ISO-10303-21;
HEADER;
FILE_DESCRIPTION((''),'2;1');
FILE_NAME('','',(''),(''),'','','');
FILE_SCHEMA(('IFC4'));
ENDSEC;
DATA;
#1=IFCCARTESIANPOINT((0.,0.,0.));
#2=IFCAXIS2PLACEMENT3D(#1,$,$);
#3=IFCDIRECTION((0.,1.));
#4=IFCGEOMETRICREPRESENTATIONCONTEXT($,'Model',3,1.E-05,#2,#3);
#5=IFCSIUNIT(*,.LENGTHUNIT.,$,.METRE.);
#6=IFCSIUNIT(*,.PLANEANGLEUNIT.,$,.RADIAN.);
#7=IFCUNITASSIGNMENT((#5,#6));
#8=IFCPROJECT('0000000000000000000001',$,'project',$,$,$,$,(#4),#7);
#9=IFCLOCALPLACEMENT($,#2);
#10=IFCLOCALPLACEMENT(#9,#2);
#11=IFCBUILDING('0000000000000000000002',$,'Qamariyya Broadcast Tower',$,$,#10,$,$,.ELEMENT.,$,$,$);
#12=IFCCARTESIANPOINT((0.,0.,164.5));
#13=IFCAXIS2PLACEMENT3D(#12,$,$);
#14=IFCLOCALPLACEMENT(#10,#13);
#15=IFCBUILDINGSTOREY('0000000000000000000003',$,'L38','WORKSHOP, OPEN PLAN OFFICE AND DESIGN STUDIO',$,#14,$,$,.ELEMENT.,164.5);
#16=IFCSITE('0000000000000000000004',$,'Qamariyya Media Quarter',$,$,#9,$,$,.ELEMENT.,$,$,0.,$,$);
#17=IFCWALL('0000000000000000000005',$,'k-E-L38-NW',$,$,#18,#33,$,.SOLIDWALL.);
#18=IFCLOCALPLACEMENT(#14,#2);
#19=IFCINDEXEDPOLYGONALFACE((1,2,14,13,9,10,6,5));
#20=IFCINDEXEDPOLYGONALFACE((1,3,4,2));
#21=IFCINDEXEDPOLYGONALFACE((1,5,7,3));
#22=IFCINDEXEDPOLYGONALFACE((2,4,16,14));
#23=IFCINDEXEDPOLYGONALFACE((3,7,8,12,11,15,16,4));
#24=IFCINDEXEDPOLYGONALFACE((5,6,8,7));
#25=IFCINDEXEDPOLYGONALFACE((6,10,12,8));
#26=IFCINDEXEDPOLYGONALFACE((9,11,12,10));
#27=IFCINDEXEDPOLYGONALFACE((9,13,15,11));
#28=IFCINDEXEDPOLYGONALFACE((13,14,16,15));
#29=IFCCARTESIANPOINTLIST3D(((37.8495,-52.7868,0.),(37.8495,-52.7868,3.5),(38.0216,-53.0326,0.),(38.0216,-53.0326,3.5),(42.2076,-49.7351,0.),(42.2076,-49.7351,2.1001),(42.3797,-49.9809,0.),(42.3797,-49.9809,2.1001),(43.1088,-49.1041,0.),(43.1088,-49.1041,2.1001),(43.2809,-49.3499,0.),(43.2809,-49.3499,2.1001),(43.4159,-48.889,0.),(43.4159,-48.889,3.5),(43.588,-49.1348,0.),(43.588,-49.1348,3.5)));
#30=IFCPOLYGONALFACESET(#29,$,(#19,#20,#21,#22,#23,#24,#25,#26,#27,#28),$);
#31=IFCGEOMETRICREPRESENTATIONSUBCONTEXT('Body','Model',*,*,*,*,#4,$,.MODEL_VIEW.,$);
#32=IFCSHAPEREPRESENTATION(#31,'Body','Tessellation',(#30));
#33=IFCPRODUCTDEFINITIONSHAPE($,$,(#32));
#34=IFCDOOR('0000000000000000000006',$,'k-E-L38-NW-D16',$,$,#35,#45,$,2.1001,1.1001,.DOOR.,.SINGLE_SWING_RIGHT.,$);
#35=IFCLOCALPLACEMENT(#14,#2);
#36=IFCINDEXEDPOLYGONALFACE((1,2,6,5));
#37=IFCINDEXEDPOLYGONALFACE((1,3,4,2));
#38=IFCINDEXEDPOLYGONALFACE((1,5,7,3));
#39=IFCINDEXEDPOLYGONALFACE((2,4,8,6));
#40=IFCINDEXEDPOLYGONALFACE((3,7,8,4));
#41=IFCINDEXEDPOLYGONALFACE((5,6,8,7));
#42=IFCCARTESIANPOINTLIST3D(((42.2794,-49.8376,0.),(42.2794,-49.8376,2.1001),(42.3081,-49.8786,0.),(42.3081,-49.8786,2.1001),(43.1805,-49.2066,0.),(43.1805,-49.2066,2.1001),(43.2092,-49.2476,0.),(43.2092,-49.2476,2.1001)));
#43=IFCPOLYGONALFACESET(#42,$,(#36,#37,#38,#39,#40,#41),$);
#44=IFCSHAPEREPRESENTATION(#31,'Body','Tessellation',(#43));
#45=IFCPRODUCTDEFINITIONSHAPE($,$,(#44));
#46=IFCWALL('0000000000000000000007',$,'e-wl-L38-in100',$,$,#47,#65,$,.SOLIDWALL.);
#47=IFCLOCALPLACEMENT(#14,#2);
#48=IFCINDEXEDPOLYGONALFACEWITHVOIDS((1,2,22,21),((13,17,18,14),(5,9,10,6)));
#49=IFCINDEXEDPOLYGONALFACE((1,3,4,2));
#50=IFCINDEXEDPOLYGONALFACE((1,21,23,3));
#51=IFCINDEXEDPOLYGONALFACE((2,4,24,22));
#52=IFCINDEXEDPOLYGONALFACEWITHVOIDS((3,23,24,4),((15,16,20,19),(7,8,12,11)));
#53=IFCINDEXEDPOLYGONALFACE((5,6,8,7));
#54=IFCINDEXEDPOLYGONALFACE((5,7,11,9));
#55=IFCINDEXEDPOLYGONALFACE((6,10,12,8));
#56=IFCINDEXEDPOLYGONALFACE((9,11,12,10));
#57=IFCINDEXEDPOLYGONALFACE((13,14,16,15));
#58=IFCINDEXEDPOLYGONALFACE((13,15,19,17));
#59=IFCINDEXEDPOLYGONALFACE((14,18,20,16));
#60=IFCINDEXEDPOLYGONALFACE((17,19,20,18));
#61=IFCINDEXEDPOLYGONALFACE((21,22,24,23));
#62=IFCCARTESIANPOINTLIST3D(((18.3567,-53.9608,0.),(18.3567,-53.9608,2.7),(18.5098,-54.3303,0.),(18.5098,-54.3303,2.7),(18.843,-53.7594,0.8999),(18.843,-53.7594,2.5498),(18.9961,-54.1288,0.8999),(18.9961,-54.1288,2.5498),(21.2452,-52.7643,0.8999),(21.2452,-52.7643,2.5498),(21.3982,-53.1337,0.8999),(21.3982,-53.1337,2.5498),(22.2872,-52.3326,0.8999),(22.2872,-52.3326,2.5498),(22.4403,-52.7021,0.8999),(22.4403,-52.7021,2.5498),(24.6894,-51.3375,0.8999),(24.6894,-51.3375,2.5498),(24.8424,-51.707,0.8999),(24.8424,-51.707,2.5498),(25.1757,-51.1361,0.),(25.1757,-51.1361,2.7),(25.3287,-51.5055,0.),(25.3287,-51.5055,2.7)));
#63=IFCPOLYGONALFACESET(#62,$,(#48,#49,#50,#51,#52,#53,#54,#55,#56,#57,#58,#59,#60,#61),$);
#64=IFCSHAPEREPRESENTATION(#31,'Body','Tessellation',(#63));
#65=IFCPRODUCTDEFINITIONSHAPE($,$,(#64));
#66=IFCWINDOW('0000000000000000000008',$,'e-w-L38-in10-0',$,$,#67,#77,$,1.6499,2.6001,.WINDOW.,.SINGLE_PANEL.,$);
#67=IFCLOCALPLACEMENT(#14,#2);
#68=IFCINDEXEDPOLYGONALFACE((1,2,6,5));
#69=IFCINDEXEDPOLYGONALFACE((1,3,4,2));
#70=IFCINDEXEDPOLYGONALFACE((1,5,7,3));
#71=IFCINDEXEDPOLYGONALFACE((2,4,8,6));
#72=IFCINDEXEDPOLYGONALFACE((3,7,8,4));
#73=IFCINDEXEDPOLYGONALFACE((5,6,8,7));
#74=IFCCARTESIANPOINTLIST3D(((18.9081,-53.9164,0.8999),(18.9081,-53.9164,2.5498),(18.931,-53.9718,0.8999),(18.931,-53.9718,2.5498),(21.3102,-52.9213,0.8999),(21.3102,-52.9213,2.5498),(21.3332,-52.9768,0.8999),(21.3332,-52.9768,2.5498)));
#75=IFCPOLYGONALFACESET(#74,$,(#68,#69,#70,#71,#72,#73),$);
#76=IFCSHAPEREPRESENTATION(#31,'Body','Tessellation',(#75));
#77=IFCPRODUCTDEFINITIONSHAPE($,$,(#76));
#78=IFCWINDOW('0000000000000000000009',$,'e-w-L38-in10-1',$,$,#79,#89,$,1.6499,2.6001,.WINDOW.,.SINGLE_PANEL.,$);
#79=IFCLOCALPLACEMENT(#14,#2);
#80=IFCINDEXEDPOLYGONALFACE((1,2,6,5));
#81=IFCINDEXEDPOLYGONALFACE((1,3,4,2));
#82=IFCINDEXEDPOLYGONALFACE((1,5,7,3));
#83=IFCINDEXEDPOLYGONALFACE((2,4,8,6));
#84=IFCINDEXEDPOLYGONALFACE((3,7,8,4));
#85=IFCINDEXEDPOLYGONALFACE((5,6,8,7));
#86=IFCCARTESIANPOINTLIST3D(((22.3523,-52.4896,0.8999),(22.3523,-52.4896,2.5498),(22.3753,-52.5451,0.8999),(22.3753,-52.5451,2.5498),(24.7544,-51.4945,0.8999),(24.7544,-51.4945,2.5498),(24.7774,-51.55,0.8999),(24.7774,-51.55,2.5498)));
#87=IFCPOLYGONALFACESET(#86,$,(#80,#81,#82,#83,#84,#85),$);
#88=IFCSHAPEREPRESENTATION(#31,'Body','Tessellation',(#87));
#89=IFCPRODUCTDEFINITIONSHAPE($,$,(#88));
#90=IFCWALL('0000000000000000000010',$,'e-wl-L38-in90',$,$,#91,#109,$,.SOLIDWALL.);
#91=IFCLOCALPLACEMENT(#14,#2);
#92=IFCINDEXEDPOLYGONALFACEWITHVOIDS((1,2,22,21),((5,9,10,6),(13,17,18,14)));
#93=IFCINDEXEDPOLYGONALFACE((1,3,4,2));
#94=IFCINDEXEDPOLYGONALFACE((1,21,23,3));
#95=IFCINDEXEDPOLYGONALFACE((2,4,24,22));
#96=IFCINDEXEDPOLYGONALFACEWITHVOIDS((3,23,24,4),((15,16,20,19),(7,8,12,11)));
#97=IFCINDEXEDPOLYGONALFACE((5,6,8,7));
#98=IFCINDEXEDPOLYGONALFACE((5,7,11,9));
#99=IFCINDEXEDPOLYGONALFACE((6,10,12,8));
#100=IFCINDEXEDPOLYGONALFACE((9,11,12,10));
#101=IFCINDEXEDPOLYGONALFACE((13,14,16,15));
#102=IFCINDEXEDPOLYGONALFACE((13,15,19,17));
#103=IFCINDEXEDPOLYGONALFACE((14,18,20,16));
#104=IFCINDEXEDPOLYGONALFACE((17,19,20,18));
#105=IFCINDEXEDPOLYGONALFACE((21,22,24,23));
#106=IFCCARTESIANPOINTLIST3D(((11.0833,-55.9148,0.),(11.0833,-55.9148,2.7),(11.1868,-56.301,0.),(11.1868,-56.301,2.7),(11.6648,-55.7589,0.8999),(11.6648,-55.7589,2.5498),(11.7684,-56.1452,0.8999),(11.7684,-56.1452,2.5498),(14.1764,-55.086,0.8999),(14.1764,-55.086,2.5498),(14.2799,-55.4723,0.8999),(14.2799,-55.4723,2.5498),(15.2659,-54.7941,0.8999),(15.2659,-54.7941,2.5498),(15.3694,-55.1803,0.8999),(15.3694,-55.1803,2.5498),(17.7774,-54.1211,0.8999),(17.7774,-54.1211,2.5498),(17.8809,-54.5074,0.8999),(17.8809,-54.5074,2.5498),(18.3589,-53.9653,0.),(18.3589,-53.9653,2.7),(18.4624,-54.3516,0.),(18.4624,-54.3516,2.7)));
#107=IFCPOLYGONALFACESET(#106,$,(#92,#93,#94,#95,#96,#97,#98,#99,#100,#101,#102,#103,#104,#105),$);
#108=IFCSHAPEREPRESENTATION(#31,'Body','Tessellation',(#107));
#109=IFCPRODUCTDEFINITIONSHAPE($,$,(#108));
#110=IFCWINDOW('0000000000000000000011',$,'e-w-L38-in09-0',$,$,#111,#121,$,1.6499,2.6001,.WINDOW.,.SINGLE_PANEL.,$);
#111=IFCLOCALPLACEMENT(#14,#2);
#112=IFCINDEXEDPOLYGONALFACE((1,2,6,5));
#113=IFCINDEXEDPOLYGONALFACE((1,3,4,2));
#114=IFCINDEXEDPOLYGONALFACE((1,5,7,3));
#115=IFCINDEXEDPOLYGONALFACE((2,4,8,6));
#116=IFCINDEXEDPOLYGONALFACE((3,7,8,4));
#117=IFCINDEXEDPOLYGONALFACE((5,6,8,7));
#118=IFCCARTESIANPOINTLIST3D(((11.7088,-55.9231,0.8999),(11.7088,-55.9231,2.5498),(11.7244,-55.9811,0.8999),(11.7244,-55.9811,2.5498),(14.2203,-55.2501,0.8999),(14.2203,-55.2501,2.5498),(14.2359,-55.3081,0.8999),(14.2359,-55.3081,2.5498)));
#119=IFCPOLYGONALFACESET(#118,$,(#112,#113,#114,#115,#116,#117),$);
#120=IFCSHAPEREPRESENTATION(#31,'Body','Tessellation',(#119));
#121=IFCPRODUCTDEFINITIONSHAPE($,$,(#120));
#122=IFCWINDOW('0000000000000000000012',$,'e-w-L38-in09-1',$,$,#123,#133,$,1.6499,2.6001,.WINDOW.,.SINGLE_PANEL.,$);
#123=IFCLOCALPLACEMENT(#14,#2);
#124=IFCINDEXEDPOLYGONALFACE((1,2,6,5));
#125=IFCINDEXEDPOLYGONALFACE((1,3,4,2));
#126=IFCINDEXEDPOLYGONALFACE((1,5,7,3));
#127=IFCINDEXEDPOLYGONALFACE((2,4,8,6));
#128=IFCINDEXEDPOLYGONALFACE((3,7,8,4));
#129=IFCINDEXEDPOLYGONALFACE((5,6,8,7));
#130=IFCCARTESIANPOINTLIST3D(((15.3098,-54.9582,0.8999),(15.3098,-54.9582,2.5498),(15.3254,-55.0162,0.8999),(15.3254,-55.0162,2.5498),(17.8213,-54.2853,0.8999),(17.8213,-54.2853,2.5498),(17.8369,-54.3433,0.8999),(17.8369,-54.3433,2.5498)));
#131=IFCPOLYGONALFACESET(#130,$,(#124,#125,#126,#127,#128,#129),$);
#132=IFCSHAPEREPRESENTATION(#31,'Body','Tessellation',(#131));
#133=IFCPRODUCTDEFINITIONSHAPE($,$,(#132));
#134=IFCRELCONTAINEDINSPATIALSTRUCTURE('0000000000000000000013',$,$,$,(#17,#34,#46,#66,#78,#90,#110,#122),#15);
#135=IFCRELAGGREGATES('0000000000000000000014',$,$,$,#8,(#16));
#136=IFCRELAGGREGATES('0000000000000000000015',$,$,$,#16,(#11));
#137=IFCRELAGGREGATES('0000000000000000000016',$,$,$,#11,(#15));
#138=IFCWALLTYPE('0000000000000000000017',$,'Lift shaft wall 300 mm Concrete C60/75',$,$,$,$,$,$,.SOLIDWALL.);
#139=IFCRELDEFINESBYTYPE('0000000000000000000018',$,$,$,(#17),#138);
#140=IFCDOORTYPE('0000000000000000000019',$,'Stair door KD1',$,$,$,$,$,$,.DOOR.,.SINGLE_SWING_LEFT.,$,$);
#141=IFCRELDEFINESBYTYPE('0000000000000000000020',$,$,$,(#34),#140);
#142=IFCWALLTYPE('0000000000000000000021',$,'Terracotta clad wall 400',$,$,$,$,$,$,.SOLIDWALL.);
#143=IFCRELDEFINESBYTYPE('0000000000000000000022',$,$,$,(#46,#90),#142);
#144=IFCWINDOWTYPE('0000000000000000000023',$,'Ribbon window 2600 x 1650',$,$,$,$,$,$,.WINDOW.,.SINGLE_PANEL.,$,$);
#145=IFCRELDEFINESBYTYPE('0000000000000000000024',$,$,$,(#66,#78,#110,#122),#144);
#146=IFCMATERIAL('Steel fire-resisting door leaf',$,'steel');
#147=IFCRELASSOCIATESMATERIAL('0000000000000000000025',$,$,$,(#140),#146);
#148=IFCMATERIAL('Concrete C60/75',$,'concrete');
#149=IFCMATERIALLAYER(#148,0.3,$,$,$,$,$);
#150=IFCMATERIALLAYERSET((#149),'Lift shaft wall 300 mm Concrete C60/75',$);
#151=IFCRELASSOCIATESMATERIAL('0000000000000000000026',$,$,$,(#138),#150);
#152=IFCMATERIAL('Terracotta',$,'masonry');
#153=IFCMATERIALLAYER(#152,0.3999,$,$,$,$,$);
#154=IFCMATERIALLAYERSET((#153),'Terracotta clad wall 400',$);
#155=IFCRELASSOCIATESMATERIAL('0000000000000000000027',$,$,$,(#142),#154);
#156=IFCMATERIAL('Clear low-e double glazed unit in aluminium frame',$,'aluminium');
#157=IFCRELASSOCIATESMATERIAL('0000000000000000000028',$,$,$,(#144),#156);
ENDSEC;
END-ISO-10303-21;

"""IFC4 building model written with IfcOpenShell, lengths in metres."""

from ifc_helpers import new_model, si_unit, direction, frame, frame_2d, origin, place, context, subcontext, project, spatial, rectangle, extrude, material, layer, layer_set, type_object, element, fill, save


model = new_model("IFC4")

# Units and contexts
model_context = context("Model", 3, precision=1e-05, world=origin(), true_north=direction((0.0, 1.0)))
body_context = subcontext(model_context, "Body", "Model", "MODEL_VIEW")
ifc_project = project(units=[si_unit("LENGTHUNIT", "METRE"), si_unit("PLANEANGLEUNIT", "RADIAN")], contexts=[model_context])

# Site, building, storey
site_placement = place(None, origin())
site = spatial("IfcSite", under=ifc_project, at=site_placement, Name="Qamariyya Media Quarter", CompositionType="ELEMENT", RefElevation=0.0)
building_placement = place(site_placement, origin())
building = spatial("IfcBuilding", under=site, at=building_placement, Name="Qamariyya Broadcast Tower", CompositionType="ELEMENT")
storey_placement = place(building_placement, frame((0.0, 0.0, 164.5)))
storey = spatial("IfcBuildingStorey", under=building, at=storey_placement, Name="L38", Description="WORKSHOP, OPEN PLAN OFFICE AND DESIGN STUDIO", CompositionType="ELEMENT", Elevation=164.5)

# Shared definitions
ifc_material_1 = material(Name="Concrete C60/75", Category="concrete")

# Shared definitions
ifc_material_2 = material(Name="Steel fire-resisting door leaf", Category="steel")
door_type_1 = type_object("IfcDoorType", Name="Stair door KD1", OperationType="SINGLE_SWING_LEFT", PredefinedType="DOOR", material=ifc_material_2)

# Wall, opening, door
ifc_layer_1 = layer(ifc_material_1, 0.3)
ifc_layer_set_1 = layer_set([ifc_layer_1], Name="Lift shaft wall 300 mm Concrete C60/75")
wall_type_1 = type_object("IfcWallType", Name="Lift shaft wall 300 mm Concrete C60/75", PredefinedType="SOLIDWALL", material=ifc_layer_set_1)
wall_1_placement = place(storey_placement, frame((37.9355, -52.9097, 0.0), z_axis=(0.0, 0.0, 1.0), x_axis=(0.819148, 0.573583, 0.0)))
wall_1 = element("IfcWall", 1, at=wall_1_placement, inside=storey, type_object=wall_type_1, Name="k-E-L38-NW", PredefinedType="SOLIDWALL", context=body_context, shape_type="SweptSolid", body=[
    extrude(rectangle(XDim=6.7954, YDim=0.3, at=frame_2d((3.3977, 0.0))), origin(), (0.0, 0.0, 1.0), 3.5),
])
opening_1_placement = place(wall_1_placement, frame((5.3203, 0.0, 0.0)))
opening_1 = element("IfcOpeningElement", 2, at=opening_1_placement, cuts=wall_1, PredefinedType="OPENING", context=body_context, shape_type="SweptSolid", body=[
    extrude(rectangle(XDim=1.1001, YDim=2.1001, at=frame_2d((0.55, 1.05))), frame((0.0, 0.1599, 0.0), z_axis=(0.0, -1.0, 0.0), x_axis=(1.0, 0.0, 0.0)), (0.0, 0.0, 1.0), 0.3201),
])
door_1_placement = place(opening_1_placement, origin())
door_1 = element("IfcDoor", 3, at=door_1_placement, inside=storey, type_object=door_type_1, Name="k-E-L38-NW-D16", OperationType="SINGLE_SWING_RIGHT", OverallHeight=2.1001, OverallWidth=1.1001, PredefinedType="DOOR", context=body_context, shape_type="SweptSolid", body=[
    extrude(rectangle(XDim=1.1001, YDim=2.1001, at=frame_2d((0.55, 1.05))), frame((0.0, 0.0249, 0.0), z_axis=(0.0, -1.0, 0.0), x_axis=(1.0, 0.0, 0.0)), (0.0, 0.0, 1.0), 0.05),
])
fill(opening_1, door_1)

# Walls, openings, windows
ifc_material_3 = material(Name="Terracotta", Category="masonry")
ifc_layer_2 = layer(ifc_material_3, 0.3999)
ifc_layer_set_2 = layer_set([ifc_layer_2], Name="Terracotta clad wall 400")
wall_type_2 = type_object("IfcWallType", Name="Terracotta clad wall 400", PredefinedType="SOLIDWALL", material=ifc_layer_set_2)
wall_2_placement = place(storey_placement, frame((25.2522, -51.3208, 0.0), z_axis=(0.0, 0.0, 1.0), x_axis=(-0.923868, -0.382712, 0.0)))
wall_2 = element("IfcWall", 4, at=wall_2_placement, inside=storey, type_object=wall_type_2, Name="e-wl-L38-in100", PredefinedType="SOLIDWALL", context=body_context, shape_type="SweptSolid", body=[
    extrude(rectangle(XDim=7.3809, YDim=0.3999, at=frame_2d((3.6904, 0.0))), origin(), (0.0, 0.0, 1.0), 2.7),
])
opening_2_placement = place(wall_2_placement, frame((4.2544, 0.0, 0.8999)))
opening_2 = element("IfcOpeningElement", 5, at=opening_2_placement, cuts=wall_2, PredefinedType="OPENING", context=body_context, shape_type="SweptSolid", body=[
    extrude(rectangle(XDim=2.6001, YDim=1.6499, at=frame_2d((1.3, 0.825))), frame((0.0, 0.21, 0.0), z_axis=(0.0, -1.0, 0.0), x_axis=(1.0, 0.0, 0.0)), (0.0, 0.0, 1.0), 0.4199),
])
opening_3_placement = place(wall_2_placement, frame((0.5264, 0.0, 0.8999)))
opening_3 = element("IfcOpeningElement", 6, at=opening_3_placement, cuts=wall_2, PredefinedType="OPENING", context=body_context, shape_type="SweptSolid", body=[
    extrude(rectangle(XDim=2.6001, YDim=1.6499, at=frame_2d((1.3, 0.825))), frame((0.0, 0.21, 0.0), z_axis=(0.0, -1.0, 0.0), x_axis=(1.0, 0.0, 0.0)), (0.0, 0.0, 1.0), 0.4199),
])
ifc_material_4 = material(Name="Clear low-e double glazed unit in aluminium frame", Category="aluminium")
window_type = type_object("IfcWindowType", Name="Ribbon window 2600 x 1650", PartitioningType="SINGLE_PANEL", PredefinedType="WINDOW", material=ifc_material_4)
window_1_placement = place(opening_2_placement, origin())
window_1 = element("IfcWindow", 7, at=window_1_placement, inside=storey, type_object=window_type, Name="e-w-L38-in10-0", OverallHeight=1.6499, OverallWidth=2.6001, PartitioningType="SINGLE_PANEL", PredefinedType="WINDOW", context=body_context, shape_type="SweptSolid", body=[
    extrude(rectangle(XDim=2.6001, YDim=1.6499, at=frame_2d((1.3, 0.825))), frame((0.0, 0.03, 0.0), z_axis=(0.0, -1.0, 0.0), x_axis=(1.0, 0.0, 0.0)), (0.0, 0.0, 1.0), 0.0601),
])
fill(opening_2, window_1)
window_2_placement = place(opening_3_placement, origin())
window_2 = element("IfcWindow", 8, at=window_2_placement, inside=storey, type_object=window_type, Name="e-w-L38-in10-1", OverallHeight=1.6499, OverallWidth=2.6001, PartitioningType="SINGLE_PANEL", PredefinedType="WINDOW", context=body_context, shape_type="SweptSolid", body=[
    extrude(rectangle(XDim=2.6001, YDim=1.6499, at=frame_2d((1.3, 0.825))), frame((0.0, 0.03, 0.0), z_axis=(0.0, -1.0, 0.0), x_axis=(1.0, 0.0, 0.0)), (0.0, 0.0, 1.0), 0.0601),
])
fill(opening_3, window_2)
wall_3_placement = place(storey_placement, frame((18.4106, -54.1584, 0.0), z_axis=(0.0, 0.0, 1.0), x_axis=(-0.965927, -0.258814, 0.0)))
wall_3 = element("IfcWall", 9, at=wall_3_placement, inside=storey, type_object=wall_type_2, Name="e-wl-L38-in90", PredefinedType="SOLIDWALL", context=body_context, shape_type="SweptSolid", body=[
    extrude(rectangle(XDim=7.5322, YDim=0.3999, at=frame_2d((3.7661, 0.0))), origin(), (0.0, 0.0, 1.0), 2.7),
])
opening_4_placement = place(wall_3_placement, frame((4.3301, 0.0, 0.8999)))
opening_4 = element("IfcOpeningElement", 10, at=opening_4_placement, cuts=wall_3, PredefinedType="OPENING", context=body_context, shape_type="SweptSolid", body=[
    extrude(rectangle(XDim=2.6001, YDim=1.6499, at=frame_2d((1.3, 0.825))), frame((0.0, 0.21, 0.0), z_axis=(0.0, -1.0, 0.0), x_axis=(1.0, 0.0, 0.0)), (0.0, 0.0, 1.0), 0.4199),
])
opening_5_placement = place(wall_3_placement, frame((0.6021, 0.0, 0.8999)))
opening_5 = element("IfcOpeningElement", 11, at=opening_5_placement, cuts=wall_3, PredefinedType="OPENING", context=body_context, shape_type="SweptSolid", body=[
    extrude(rectangle(XDim=2.6001, YDim=1.6499, at=frame_2d((1.3, 0.825))), frame((0.0, 0.21, 0.0), z_axis=(0.0, -1.0, 0.0), x_axis=(1.0, 0.0, 0.0)), (0.0, 0.0, 1.0), 0.4199),
])
window_3_placement = place(opening_4_placement, origin())
window_3 = element("IfcWindow", 12, at=window_3_placement, inside=storey, type_object=window_type, Name="e-w-L38-in09-0", OverallHeight=1.6499, OverallWidth=2.6001, PartitioningType="SINGLE_PANEL", PredefinedType="WINDOW", context=body_context, shape_type="SweptSolid", body=[
    extrude(rectangle(XDim=2.6001, YDim=1.6499, at=frame_2d((1.3, 0.825))), frame((0.0, 0.03, 0.0), z_axis=(0.0, -1.0, 0.0), x_axis=(1.0, 0.0, 0.0)), (0.0, 0.0, 1.0), 0.0601),
])
fill(opening_4, window_3)
window_4_placement = place(opening_5_placement, origin())
window_4 = element("IfcWindow", 13, at=window_4_placement, inside=storey, type_object=window_type, Name="e-w-L38-in09-1", OverallHeight=1.6499, OverallWidth=2.6001, PartitioningType="SINGLE_PANEL", PredefinedType="WINDOW", context=body_context, shape_type="SweptSolid", body=[
    extrude(rectangle(XDim=2.6001, YDim=1.6499, at=frame_2d((1.3, 0.825))), frame((0.0, 0.03, 0.0), z_axis=(0.0, -1.0, 0.0), x_axis=(1.0, 0.0, 0.0)), (0.0, 0.0, 1.0), 0.0601),
])
fill(opening_5, window_4)

save(model, "model.ifc")
